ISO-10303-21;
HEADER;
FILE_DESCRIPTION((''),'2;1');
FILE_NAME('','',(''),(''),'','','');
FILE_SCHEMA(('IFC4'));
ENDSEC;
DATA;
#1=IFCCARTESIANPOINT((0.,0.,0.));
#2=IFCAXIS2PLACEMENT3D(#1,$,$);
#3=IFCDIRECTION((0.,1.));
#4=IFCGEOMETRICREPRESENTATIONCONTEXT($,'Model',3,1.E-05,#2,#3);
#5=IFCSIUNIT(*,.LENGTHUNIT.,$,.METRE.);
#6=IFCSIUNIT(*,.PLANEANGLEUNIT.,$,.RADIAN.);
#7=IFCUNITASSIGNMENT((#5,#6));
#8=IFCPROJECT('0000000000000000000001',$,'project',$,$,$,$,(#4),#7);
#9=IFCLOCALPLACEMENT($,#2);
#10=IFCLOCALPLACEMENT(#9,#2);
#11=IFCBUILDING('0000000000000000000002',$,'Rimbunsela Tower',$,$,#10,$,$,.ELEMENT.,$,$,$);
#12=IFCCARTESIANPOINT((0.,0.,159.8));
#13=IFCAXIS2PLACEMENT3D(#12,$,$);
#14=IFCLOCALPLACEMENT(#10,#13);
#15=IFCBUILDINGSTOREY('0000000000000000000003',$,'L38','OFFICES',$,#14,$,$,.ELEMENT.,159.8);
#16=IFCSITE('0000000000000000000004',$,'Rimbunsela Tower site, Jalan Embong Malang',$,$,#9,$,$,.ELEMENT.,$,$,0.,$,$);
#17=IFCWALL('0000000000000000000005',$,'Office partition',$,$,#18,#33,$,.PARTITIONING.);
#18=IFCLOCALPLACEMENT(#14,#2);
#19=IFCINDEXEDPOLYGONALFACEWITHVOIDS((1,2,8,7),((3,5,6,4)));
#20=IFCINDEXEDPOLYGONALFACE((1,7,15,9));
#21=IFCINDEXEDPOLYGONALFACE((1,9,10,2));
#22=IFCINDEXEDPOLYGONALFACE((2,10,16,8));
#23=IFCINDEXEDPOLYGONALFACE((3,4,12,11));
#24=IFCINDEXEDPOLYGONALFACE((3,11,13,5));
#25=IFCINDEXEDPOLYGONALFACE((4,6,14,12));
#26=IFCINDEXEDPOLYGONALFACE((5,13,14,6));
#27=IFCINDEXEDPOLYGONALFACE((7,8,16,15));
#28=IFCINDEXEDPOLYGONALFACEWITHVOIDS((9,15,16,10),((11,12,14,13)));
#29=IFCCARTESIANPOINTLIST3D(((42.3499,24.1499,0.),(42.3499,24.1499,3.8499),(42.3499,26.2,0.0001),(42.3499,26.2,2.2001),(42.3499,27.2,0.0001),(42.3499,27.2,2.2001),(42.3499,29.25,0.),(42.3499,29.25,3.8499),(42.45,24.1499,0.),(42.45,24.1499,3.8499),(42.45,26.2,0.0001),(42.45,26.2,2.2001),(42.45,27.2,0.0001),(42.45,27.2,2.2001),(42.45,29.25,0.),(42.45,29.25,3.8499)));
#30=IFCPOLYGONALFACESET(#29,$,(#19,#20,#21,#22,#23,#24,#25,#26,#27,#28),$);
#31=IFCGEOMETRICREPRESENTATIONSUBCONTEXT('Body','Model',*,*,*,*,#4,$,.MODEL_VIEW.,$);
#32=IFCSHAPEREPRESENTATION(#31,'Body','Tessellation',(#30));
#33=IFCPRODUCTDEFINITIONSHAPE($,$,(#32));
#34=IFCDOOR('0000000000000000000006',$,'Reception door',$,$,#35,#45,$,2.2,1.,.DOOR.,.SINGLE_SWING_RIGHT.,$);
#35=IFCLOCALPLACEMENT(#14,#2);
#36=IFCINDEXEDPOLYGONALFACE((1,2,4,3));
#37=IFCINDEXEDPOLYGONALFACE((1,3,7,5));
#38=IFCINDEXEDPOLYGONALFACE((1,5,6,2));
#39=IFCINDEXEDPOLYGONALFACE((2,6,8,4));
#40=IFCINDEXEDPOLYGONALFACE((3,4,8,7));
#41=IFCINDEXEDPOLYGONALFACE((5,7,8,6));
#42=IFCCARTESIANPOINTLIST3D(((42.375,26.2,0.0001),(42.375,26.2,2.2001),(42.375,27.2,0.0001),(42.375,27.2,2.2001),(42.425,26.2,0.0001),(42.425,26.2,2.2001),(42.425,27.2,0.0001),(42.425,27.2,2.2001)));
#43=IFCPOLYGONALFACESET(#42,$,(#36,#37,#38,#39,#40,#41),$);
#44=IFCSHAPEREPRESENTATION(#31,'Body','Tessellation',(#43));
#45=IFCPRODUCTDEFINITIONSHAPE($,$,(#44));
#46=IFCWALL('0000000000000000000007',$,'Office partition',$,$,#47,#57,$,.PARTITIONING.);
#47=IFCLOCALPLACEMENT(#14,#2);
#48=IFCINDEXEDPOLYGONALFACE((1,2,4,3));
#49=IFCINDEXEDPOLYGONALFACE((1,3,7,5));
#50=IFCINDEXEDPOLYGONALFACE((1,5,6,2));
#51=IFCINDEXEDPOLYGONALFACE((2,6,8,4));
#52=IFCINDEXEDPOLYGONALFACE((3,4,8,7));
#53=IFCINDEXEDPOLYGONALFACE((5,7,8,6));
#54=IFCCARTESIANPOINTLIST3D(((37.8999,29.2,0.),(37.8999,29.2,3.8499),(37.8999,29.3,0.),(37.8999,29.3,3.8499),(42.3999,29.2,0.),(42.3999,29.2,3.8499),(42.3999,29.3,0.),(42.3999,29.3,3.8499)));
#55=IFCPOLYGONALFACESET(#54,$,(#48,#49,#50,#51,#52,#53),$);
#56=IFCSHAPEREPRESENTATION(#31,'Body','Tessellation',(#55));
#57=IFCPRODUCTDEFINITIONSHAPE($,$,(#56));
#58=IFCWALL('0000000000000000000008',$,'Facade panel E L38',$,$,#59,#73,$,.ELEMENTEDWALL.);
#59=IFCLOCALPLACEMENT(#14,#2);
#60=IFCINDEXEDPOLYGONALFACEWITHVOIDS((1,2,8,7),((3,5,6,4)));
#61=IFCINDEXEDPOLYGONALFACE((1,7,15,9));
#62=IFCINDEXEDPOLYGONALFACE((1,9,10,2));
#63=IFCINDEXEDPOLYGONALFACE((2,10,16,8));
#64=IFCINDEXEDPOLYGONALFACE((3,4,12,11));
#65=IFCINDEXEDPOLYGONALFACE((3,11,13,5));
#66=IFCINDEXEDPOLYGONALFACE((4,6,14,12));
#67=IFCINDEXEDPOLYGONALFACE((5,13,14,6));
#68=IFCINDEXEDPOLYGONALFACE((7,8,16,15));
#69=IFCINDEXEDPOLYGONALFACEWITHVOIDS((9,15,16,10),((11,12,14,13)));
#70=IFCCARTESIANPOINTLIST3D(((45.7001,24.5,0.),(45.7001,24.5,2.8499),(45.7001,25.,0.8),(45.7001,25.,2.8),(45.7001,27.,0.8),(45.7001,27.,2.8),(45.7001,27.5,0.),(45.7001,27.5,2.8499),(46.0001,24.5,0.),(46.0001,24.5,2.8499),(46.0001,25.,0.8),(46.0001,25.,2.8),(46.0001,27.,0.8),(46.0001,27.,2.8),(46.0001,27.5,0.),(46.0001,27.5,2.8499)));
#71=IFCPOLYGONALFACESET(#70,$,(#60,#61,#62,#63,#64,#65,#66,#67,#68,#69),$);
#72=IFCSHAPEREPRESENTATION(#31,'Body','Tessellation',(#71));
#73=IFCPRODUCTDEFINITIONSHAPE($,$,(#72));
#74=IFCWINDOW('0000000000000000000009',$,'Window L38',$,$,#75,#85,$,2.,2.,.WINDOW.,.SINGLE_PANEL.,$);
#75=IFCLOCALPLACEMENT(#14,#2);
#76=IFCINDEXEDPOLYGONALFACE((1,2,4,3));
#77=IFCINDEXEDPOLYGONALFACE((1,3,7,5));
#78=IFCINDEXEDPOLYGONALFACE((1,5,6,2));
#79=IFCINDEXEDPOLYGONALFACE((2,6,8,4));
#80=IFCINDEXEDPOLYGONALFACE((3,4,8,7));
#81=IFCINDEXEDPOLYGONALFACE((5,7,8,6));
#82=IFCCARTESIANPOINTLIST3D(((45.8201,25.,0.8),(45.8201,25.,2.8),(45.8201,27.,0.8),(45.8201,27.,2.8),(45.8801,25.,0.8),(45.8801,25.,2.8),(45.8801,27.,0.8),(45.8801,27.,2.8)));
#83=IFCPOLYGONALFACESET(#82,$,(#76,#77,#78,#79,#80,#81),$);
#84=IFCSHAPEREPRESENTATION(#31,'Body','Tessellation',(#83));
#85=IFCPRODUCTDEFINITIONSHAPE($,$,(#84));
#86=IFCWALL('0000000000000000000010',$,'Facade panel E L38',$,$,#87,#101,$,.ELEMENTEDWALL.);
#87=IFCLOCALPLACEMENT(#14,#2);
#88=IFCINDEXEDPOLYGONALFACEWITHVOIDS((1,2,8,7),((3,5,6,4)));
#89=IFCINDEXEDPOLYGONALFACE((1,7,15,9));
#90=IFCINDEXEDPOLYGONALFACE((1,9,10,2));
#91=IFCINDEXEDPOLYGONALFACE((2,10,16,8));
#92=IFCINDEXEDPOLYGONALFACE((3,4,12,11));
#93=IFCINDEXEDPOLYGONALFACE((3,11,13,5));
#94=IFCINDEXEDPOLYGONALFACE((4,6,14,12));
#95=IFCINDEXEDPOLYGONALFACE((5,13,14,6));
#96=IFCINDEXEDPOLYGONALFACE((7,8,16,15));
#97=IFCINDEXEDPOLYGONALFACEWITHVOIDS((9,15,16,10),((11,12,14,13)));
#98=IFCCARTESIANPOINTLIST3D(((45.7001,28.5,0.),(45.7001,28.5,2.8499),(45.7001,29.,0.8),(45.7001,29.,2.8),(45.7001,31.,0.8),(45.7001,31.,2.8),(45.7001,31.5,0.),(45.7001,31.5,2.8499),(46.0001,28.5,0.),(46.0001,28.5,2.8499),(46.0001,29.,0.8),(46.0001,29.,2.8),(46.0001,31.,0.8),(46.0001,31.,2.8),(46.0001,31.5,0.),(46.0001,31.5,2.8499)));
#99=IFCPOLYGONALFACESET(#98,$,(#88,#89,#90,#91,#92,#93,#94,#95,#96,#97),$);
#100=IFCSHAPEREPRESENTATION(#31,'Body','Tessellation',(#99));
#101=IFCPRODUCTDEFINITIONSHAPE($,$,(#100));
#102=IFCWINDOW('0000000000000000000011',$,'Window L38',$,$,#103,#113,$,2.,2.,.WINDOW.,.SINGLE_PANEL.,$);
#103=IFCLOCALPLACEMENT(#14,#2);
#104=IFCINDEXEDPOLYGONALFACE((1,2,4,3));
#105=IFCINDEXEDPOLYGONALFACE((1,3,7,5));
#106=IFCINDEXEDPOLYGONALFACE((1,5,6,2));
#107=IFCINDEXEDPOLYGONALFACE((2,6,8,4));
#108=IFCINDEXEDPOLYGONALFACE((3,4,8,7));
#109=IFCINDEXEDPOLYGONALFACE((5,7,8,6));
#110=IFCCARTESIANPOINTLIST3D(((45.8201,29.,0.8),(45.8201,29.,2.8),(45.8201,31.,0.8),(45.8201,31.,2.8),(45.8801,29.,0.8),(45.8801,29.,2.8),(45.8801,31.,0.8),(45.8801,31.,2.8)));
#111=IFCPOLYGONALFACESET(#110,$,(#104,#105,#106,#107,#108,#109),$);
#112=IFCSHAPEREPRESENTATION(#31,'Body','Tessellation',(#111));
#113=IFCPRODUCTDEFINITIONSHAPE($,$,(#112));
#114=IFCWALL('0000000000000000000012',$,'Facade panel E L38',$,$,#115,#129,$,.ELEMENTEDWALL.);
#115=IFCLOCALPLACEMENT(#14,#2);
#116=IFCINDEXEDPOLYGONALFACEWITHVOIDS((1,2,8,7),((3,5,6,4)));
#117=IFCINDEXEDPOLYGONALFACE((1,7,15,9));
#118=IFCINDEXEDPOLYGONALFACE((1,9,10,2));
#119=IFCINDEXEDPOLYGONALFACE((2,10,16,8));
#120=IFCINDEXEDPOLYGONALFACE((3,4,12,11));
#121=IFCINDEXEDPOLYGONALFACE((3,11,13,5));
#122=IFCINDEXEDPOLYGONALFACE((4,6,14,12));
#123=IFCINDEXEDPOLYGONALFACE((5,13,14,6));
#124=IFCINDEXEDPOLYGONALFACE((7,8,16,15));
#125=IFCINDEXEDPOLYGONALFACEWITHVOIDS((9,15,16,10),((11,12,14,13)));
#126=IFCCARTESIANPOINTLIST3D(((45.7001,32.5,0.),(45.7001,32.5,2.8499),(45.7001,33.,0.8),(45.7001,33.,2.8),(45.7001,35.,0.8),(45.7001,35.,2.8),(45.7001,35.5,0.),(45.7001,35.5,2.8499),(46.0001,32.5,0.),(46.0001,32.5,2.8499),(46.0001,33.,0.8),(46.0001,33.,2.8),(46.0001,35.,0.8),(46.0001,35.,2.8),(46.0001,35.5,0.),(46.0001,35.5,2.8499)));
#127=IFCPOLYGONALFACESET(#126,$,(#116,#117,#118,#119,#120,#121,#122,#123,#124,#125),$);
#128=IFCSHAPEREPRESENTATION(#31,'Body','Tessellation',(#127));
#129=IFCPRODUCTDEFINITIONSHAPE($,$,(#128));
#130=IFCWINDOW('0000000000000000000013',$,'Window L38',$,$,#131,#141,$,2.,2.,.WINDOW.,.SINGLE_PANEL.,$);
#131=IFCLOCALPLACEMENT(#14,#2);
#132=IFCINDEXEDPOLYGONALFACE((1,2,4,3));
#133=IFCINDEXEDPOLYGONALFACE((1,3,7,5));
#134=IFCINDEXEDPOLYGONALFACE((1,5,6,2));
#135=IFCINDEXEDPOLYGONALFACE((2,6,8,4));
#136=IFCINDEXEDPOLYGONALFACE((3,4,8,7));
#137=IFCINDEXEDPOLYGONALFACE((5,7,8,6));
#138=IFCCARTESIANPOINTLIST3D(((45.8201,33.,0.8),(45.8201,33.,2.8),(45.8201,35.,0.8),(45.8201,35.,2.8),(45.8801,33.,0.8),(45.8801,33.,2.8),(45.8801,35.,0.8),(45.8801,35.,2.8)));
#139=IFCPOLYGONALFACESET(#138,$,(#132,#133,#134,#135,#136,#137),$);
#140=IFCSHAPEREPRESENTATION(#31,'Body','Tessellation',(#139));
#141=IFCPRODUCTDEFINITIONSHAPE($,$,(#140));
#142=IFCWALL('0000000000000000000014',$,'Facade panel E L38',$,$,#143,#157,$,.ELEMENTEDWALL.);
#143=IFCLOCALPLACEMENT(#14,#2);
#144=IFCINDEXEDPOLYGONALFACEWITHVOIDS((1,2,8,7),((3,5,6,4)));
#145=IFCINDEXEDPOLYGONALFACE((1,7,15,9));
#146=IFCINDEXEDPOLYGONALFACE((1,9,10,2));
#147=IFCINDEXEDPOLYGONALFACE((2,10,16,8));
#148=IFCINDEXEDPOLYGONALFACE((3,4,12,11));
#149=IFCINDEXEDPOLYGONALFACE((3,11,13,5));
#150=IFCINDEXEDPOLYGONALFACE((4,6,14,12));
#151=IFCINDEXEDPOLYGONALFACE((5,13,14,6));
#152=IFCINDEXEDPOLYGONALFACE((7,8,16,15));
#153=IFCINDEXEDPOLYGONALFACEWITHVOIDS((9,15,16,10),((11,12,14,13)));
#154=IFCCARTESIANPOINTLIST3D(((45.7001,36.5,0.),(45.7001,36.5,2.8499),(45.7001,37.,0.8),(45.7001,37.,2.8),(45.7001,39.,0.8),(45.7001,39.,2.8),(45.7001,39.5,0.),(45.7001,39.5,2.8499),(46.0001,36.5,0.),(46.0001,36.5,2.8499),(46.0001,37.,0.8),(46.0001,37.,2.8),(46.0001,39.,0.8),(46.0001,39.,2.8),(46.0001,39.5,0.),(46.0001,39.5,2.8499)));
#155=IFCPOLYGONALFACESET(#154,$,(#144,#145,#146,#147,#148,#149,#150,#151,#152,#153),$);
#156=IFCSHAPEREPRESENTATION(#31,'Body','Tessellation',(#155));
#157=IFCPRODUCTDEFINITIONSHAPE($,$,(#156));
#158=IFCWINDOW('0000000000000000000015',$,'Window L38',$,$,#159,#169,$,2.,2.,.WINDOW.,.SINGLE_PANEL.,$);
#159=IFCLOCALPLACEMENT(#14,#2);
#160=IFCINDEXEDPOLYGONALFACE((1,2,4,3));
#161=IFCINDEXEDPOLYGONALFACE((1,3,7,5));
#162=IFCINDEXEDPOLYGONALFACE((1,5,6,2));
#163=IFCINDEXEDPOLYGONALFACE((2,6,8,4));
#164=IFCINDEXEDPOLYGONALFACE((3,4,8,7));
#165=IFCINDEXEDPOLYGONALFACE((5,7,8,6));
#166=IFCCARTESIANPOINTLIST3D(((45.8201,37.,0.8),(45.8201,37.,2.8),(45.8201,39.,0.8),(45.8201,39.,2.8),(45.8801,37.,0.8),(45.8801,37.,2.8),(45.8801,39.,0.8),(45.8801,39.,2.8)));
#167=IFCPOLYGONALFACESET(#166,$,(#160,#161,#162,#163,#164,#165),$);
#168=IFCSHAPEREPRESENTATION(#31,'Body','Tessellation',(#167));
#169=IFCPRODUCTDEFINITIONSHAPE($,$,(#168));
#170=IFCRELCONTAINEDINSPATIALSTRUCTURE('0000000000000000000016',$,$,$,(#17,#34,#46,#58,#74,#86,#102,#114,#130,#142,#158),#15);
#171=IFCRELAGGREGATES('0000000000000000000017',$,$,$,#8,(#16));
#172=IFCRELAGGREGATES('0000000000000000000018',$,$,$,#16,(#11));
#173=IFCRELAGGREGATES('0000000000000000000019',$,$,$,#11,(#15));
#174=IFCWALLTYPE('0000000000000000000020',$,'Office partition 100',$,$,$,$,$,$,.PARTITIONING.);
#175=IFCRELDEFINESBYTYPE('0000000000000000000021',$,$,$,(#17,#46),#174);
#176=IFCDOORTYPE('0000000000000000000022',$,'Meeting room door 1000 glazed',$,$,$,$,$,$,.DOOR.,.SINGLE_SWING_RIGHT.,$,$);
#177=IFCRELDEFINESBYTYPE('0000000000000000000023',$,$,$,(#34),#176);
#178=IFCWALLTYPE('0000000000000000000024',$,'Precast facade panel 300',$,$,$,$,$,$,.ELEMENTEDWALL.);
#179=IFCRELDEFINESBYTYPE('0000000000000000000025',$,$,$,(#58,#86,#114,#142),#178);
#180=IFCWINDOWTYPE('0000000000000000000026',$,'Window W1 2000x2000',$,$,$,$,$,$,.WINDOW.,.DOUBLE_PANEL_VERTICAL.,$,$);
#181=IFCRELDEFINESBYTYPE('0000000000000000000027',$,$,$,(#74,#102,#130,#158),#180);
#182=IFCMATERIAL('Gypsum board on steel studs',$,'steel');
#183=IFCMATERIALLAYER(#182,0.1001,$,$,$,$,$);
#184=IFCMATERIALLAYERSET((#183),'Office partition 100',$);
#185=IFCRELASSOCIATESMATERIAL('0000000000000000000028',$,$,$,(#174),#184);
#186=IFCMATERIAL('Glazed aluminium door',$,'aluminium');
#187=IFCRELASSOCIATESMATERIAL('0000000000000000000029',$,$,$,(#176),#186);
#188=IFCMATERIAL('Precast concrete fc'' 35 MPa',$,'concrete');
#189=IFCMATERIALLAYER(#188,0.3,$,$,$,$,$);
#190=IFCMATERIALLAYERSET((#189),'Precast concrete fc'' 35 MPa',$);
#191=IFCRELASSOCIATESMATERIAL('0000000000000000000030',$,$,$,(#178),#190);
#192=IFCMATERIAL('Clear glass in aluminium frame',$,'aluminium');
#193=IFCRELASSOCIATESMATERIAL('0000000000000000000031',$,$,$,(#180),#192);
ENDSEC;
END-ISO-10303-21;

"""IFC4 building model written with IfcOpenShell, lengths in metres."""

from ifc_helpers import new_model, si_unit, direction, frame, frame_2d, origin, place, context, subcontext, project, spatial, rectangle, extrude, material, layer, layer_set, type_object, element, fill, save


model = new_model("IFC4")

# Units and contexts
model_context = context("Model", 3, precision=1e-05, world=origin(), true_north=direction((0.0, 1.0)))
body_context = subcontext(model_context, "Body", "Model", "MODEL_VIEW")
ifc_project = project(units=[si_unit("LENGTHUNIT", "METRE"), si_unit("PLANEANGLEUNIT", "RADIAN")], contexts=[model_context])

# Site, building, storey
site_placement = place(None, origin())
site = spatial("IfcSite", under=ifc_project, at=site_placement, Name="Rimbunsela Tower site, Jalan Embong Malang", CompositionType="ELEMENT", RefElevation=0.0)
building_placement = place(site_placement, origin())
building = spatial("IfcBuilding", under=site, at=building_placement, Name="Rimbunsela Tower", CompositionType="ELEMENT")
storey_placement = place(building_placement, frame((0.0, 0.0, 159.8)))
storey = spatial("IfcBuildingStorey", under=building, at=storey_placement, Name="L38", Description="OFFICES", CompositionType="ELEMENT", Elevation=159.8)

# Wall, opening, door
ifc_material_1 = material(Name="Gypsum board on steel studs", Category="steel")
ifc_layer_1 = layer(ifc_material_1, 0.1001)
ifc_layer_set_1 = layer_set([ifc_layer_1], Name="Office partition 100")
wall_type_1 = type_object("IfcWallType", Name="Office partition 100", PredefinedType="PARTITIONING", material=ifc_layer_set_1)
wall_1_placement = place(storey_placement, frame((42.3999, 24.1499, 0.0), z_axis=(0.0, 0.0, 1.0), x_axis=(0.0, 1.0, 0.0)))
wall_1 = element("IfcWall", 1, at=wall_1_placement, inside=storey, type_object=wall_type_1, Name="Office partition", PredefinedType="PARTITIONING", context=body_context, shape_type="SweptSolid", body=[
    extrude(rectangle(XDim=5.1001, YDim=0.1001, at=frame_2d((2.55, 0.0))), origin(), (0.0, 0.0, 1.0), 3.8499),
])
opening_1_placement = place(wall_1_placement, frame((2.05, 0.0, 0.0)))
opening_1 = element("IfcOpeningElement", 2, at=opening_1_placement, cuts=wall_1, PredefinedType="OPENING", context=body_context, shape_type="SweptSolid", body=[
    extrude(rectangle(XDim=1.0, YDim=2.2, at=frame_2d((0.5, 1.1001))), frame((0.0, 0.0601, 0.0), z_axis=(0.0, -1.0, 0.0), x_axis=(1.0, 0.0, 0.0)), (0.0, 0.0, 1.0), 0.1201),
])
ifc_material_2 = material(Name="Glazed aluminium door", Category="aluminium")
door_type = type_object("IfcDoorType", Name="Meeting room door 1000 glazed", OperationType="SINGLE_SWING_RIGHT", PredefinedType="DOOR", material=ifc_material_2)
door_placement = place(opening_1_placement, origin())
door = element("IfcDoor", 3, at=door_placement, inside=storey, type_object=door_type, Name="Reception door", OperationType="SINGLE_SWING_RIGHT", OverallHeight=2.2, OverallWidth=1.0, PredefinedType="DOOR", context=body_context, shape_type="SweptSolid", body=[
    extrude(rectangle(XDim=1.0, YDim=2.2, at=frame_2d((0.5, 1.1001))), frame((0.0, 0.0249, 0.0), z_axis=(0.0, -1.0, 0.0), x_axis=(1.0, 0.0, 0.0)), (0.0, 0.0, 1.0), 0.05),
])
fill(opening_1, door)

# Wall
wall_2_placement = place(storey_placement, frame((42.3999, 29.25, 0.0), z_axis=(0.0, 0.0, 1.0), x_axis=(-1.0, 0.0, 0.0)))
element("IfcWall", 4, at=wall_2_placement, inside=storey, type_object=wall_type_1, Name="Office partition", PredefinedType="PARTITIONING", context=body_context, shape_type="SweptSolid", body=[
    extrude(rectangle(XDim=4.5, YDim=0.1001, at=frame_2d((2.25, 0.0))), origin(), (0.0, 0.0, 1.0), 3.8499),
])

# Walls, openings, windows
ifc_material_3 = material(Name="Precast concrete fc' 35 MPa", Category="concrete")
ifc_layer_2 = layer(ifc_material_3, 0.3)
ifc_layer_set_2 = layer_set([ifc_layer_2], Name="Precast concrete fc' 35 MPa")
wall_type_2 = type_object("IfcWallType", Name="Precast facade panel 300", PredefinedType="ELEMENTEDWALL", material=ifc_layer_set_2)
wall_3_placement = place(storey_placement, frame((45.8501, 24.5, 0.0), z_axis=(0.0, 0.0, 1.0), x_axis=(0.0, 1.0, 0.0)))
wall_3 = element("IfcWall", 5, at=wall_3_placement, inside=storey, type_object=wall_type_2, Name="Facade panel E L38", PredefinedType="ELEMENTEDWALL", context=body_context, shape_type="SweptSolid", body=[
    extrude(rectangle(XDim=3.0, YDim=0.3, at=frame_2d((1.5, 0.0))), origin(), (0.0, 0.0, 1.0), 2.8499),
])
opening_2_placement = place(wall_3_placement, frame((0.5, 0.0, 0.8)))
opening_2 = element("IfcOpeningElement", 6, at=opening_2_placement, cuts=wall_3, PredefinedType="OPENING", context=body_context, shape_type="SweptSolid", body=[
    extrude(rectangle(XDim=2.0, YDim=2.0, at=frame_2d((1.0, 1.0))), frame((0.0, 0.1599, 0.0), z_axis=(0.0, -1.0, 0.0), x_axis=(1.0, 0.0, 0.0)), (0.0, 0.0, 1.0), 0.3201),
])
ifc_material_4 = material(Name="Clear glass in aluminium frame", Category="aluminium")
window_type = type_object("IfcWindowType", Name="Window W1 2000x2000", PartitioningType="DOUBLE_PANEL_VERTICAL", PredefinedType="WINDOW", material=ifc_material_4)
window_1_placement = place(opening_2_placement, origin())
window_1 = element("IfcWindow", 7, at=window_1_placement, inside=storey, type_object=window_type, Name="Window L38", OverallHeight=2.0, OverallWidth=2.0, PartitioningType="SINGLE_PANEL", PredefinedType="WINDOW", context=body_context, shape_type="SweptSolid", body=[
    extrude(rectangle(XDim=2.0, YDim=2.0, at=frame_2d((1.0, 1.0))), frame((0.0, 0.03, 0.0), z_axis=(0.0, -1.0, 0.0), x_axis=(1.0, 0.0, 0.0)), (0.0, 0.0, 1.0), 0.0601),
])
fill(opening_2, window_1)
wall_4_placement = place(storey_placement, frame((45.8501, 28.5, 0.0), z_axis=(0.0, 0.0, 1.0), x_axis=(0.0, 1.0, 0.0)))
wall_4 = element("IfcWall", 8, at=wall_4_placement, inside=storey, type_object=wall_type_2, Name="Facade panel E L38", PredefinedType="ELEMENTEDWALL", context=body_context, shape_type="SweptSolid", body=[
    extrude(rectangle(XDim=3.0, YDim=0.3, at=frame_2d((1.5, 0.0))), origin(), (0.0, 0.0, 1.0), 2.8499),
])
opening_3_placement = place(wall_4_placement, frame((0.5, 0.0, 0.8)))
opening_3 = element("IfcOpeningElement", 9, at=opening_3_placement, cuts=wall_4, PredefinedType="OPENING", context=body_context, shape_type="SweptSolid", body=[
    extrude(rectangle(XDim=2.0, YDim=2.0, at=frame_2d((1.0, 1.0))), frame((0.0, 0.1599, 0.0), z_axis=(0.0, -1.0, 0.0), x_axis=(1.0, 0.0, 0.0)), (0.0, 0.0, 1.0), 0.3201),
])
window_2_placement = place(opening_3_placement, origin())
window_2 = element("IfcWindow", 10, at=window_2_placement, inside=storey, type_object=window_type, Name="Window L38", OverallHeight=2.0, OverallWidth=2.0, PartitioningType="SINGLE_PANEL", PredefinedType="WINDOW", context=body_context, shape_type="SweptSolid", body=[
    extrude(rectangle(XDim=2.0, YDim=2.0, at=frame_2d((1.0, 1.0))), frame((0.0, 0.03, 0.0), z_axis=(0.0, -1.0, 0.0), x_axis=(1.0, 0.0, 0.0)), (0.0, 0.0, 1.0), 0.0601),
])
fill(opening_3, window_2)
wall_5_placement = place(storey_placement, frame((45.8501, 32.5, 0.0), z_axis=(0.0, 0.0, 1.0), x_axis=(0.0, 1.0, 0.0)))
wall_5 = element("IfcWall", 11, at=wall_5_placement, inside=storey, type_object=wall_type_2, Name="Facade panel E L38", PredefinedType="ELEMENTEDWALL", context=body_context, shape_type="SweptSolid", body=[
    extrude(rectangle(XDim=3.0, YDim=0.3, at=frame_2d((1.5, 0.0))), origin(), (0.0, 0.0, 1.0), 2.8499),
])
opening_4_placement = place(wall_5_placement, frame((0.5, 0.0, 0.8)))
opening_4 = element("IfcOpeningElement", 12, at=opening_4_placement, cuts=wall_5, PredefinedType="OPENING", context=body_context, shape_type="SweptSolid", body=[
    extrude(rectangle(XDim=2.0, YDim=2.0, at=frame_2d((1.0, 1.0))), frame((0.0, 0.1599, 0.0), z_axis=(0.0, -1.0, 0.0), x_axis=(1.0, 0.0, 0.0)), (0.0, 0.0, 1.0), 0.3201),
])
window_3_placement = place(opening_4_placement, origin())
window_3 = element("IfcWindow", 13, at=window_3_placement, inside=storey, type_object=window_type, Name="Window L38", OverallHeight=2.0, OverallWidth=2.0, PartitioningType="SINGLE_PANEL", PredefinedType="WINDOW", context=body_context, shape_type="SweptSolid", body=[
    extrude(rectangle(XDim=2.0, YDim=2.0, at=frame_2d((1.0, 1.0))), frame((0.0, 0.03, 0.0), z_axis=(0.0, -1.0, 0.0), x_axis=(1.0, 0.0, 0.0)), (0.0, 0.0, 1.0), 0.0601),
])
fill(opening_4, window_3)
wall_6_placement = place(storey_placement, frame((45.8501, 36.5, 0.0), z_axis=(0.0, 0.0, 1.0), x_axis=(0.0, 1.0, 0.0)))
wall_6 = element("IfcWall", 14, at=wall_6_placement, inside=storey, type_object=wall_type_2, Name="Facade panel E L38", PredefinedType="ELEMENTEDWALL", context=body_context, shape_type="SweptSolid", body=[
    extrude(rectangle(XDim=3.0, YDim=0.3, at=frame_2d((1.5, 0.0))), origin(), (0.0, 0.0, 1.0), 2.8499),
])
opening_5_placement = place(wall_6_placement, frame((0.5, 0.0, 0.8)))
opening_5 = element("IfcOpeningElement", 15, at=opening_5_placement, cuts=wall_6, PredefinedType="OPENING", context=body_context, shape_type="SweptSolid", body=[
    extrude(rectangle(XDim=2.0, YDim=2.0, at=frame_2d((1.0, 1.0))), frame((0.0, 0.1599, 0.0), z_axis=(0.0, -1.0, 0.0), x_axis=(1.0, 0.0, 0.0)), (0.0, 0.0, 1.0), 0.3201),
])
window_4_placement = place(opening_5_placement, origin())
window_4 = element("IfcWindow", 16, at=window_4_placement, inside=storey, type_object=window_type, Name="Window L38", OverallHeight=2.0, OverallWidth=2.0, PartitioningType="SINGLE_PANEL", PredefinedType="WINDOW", context=body_context, shape_type="SweptSolid", body=[
    extrude(rectangle(XDim=2.0, YDim=2.0, at=frame_2d((1.0, 1.0))), frame((0.0, 0.03, 0.0), z_axis=(0.0, -1.0, 0.0), x_axis=(1.0, 0.0, 0.0)), (0.0, 0.0, 1.0), 0.0601),
])
fill(opening_5, window_4)

save(model, "model.ifc")
